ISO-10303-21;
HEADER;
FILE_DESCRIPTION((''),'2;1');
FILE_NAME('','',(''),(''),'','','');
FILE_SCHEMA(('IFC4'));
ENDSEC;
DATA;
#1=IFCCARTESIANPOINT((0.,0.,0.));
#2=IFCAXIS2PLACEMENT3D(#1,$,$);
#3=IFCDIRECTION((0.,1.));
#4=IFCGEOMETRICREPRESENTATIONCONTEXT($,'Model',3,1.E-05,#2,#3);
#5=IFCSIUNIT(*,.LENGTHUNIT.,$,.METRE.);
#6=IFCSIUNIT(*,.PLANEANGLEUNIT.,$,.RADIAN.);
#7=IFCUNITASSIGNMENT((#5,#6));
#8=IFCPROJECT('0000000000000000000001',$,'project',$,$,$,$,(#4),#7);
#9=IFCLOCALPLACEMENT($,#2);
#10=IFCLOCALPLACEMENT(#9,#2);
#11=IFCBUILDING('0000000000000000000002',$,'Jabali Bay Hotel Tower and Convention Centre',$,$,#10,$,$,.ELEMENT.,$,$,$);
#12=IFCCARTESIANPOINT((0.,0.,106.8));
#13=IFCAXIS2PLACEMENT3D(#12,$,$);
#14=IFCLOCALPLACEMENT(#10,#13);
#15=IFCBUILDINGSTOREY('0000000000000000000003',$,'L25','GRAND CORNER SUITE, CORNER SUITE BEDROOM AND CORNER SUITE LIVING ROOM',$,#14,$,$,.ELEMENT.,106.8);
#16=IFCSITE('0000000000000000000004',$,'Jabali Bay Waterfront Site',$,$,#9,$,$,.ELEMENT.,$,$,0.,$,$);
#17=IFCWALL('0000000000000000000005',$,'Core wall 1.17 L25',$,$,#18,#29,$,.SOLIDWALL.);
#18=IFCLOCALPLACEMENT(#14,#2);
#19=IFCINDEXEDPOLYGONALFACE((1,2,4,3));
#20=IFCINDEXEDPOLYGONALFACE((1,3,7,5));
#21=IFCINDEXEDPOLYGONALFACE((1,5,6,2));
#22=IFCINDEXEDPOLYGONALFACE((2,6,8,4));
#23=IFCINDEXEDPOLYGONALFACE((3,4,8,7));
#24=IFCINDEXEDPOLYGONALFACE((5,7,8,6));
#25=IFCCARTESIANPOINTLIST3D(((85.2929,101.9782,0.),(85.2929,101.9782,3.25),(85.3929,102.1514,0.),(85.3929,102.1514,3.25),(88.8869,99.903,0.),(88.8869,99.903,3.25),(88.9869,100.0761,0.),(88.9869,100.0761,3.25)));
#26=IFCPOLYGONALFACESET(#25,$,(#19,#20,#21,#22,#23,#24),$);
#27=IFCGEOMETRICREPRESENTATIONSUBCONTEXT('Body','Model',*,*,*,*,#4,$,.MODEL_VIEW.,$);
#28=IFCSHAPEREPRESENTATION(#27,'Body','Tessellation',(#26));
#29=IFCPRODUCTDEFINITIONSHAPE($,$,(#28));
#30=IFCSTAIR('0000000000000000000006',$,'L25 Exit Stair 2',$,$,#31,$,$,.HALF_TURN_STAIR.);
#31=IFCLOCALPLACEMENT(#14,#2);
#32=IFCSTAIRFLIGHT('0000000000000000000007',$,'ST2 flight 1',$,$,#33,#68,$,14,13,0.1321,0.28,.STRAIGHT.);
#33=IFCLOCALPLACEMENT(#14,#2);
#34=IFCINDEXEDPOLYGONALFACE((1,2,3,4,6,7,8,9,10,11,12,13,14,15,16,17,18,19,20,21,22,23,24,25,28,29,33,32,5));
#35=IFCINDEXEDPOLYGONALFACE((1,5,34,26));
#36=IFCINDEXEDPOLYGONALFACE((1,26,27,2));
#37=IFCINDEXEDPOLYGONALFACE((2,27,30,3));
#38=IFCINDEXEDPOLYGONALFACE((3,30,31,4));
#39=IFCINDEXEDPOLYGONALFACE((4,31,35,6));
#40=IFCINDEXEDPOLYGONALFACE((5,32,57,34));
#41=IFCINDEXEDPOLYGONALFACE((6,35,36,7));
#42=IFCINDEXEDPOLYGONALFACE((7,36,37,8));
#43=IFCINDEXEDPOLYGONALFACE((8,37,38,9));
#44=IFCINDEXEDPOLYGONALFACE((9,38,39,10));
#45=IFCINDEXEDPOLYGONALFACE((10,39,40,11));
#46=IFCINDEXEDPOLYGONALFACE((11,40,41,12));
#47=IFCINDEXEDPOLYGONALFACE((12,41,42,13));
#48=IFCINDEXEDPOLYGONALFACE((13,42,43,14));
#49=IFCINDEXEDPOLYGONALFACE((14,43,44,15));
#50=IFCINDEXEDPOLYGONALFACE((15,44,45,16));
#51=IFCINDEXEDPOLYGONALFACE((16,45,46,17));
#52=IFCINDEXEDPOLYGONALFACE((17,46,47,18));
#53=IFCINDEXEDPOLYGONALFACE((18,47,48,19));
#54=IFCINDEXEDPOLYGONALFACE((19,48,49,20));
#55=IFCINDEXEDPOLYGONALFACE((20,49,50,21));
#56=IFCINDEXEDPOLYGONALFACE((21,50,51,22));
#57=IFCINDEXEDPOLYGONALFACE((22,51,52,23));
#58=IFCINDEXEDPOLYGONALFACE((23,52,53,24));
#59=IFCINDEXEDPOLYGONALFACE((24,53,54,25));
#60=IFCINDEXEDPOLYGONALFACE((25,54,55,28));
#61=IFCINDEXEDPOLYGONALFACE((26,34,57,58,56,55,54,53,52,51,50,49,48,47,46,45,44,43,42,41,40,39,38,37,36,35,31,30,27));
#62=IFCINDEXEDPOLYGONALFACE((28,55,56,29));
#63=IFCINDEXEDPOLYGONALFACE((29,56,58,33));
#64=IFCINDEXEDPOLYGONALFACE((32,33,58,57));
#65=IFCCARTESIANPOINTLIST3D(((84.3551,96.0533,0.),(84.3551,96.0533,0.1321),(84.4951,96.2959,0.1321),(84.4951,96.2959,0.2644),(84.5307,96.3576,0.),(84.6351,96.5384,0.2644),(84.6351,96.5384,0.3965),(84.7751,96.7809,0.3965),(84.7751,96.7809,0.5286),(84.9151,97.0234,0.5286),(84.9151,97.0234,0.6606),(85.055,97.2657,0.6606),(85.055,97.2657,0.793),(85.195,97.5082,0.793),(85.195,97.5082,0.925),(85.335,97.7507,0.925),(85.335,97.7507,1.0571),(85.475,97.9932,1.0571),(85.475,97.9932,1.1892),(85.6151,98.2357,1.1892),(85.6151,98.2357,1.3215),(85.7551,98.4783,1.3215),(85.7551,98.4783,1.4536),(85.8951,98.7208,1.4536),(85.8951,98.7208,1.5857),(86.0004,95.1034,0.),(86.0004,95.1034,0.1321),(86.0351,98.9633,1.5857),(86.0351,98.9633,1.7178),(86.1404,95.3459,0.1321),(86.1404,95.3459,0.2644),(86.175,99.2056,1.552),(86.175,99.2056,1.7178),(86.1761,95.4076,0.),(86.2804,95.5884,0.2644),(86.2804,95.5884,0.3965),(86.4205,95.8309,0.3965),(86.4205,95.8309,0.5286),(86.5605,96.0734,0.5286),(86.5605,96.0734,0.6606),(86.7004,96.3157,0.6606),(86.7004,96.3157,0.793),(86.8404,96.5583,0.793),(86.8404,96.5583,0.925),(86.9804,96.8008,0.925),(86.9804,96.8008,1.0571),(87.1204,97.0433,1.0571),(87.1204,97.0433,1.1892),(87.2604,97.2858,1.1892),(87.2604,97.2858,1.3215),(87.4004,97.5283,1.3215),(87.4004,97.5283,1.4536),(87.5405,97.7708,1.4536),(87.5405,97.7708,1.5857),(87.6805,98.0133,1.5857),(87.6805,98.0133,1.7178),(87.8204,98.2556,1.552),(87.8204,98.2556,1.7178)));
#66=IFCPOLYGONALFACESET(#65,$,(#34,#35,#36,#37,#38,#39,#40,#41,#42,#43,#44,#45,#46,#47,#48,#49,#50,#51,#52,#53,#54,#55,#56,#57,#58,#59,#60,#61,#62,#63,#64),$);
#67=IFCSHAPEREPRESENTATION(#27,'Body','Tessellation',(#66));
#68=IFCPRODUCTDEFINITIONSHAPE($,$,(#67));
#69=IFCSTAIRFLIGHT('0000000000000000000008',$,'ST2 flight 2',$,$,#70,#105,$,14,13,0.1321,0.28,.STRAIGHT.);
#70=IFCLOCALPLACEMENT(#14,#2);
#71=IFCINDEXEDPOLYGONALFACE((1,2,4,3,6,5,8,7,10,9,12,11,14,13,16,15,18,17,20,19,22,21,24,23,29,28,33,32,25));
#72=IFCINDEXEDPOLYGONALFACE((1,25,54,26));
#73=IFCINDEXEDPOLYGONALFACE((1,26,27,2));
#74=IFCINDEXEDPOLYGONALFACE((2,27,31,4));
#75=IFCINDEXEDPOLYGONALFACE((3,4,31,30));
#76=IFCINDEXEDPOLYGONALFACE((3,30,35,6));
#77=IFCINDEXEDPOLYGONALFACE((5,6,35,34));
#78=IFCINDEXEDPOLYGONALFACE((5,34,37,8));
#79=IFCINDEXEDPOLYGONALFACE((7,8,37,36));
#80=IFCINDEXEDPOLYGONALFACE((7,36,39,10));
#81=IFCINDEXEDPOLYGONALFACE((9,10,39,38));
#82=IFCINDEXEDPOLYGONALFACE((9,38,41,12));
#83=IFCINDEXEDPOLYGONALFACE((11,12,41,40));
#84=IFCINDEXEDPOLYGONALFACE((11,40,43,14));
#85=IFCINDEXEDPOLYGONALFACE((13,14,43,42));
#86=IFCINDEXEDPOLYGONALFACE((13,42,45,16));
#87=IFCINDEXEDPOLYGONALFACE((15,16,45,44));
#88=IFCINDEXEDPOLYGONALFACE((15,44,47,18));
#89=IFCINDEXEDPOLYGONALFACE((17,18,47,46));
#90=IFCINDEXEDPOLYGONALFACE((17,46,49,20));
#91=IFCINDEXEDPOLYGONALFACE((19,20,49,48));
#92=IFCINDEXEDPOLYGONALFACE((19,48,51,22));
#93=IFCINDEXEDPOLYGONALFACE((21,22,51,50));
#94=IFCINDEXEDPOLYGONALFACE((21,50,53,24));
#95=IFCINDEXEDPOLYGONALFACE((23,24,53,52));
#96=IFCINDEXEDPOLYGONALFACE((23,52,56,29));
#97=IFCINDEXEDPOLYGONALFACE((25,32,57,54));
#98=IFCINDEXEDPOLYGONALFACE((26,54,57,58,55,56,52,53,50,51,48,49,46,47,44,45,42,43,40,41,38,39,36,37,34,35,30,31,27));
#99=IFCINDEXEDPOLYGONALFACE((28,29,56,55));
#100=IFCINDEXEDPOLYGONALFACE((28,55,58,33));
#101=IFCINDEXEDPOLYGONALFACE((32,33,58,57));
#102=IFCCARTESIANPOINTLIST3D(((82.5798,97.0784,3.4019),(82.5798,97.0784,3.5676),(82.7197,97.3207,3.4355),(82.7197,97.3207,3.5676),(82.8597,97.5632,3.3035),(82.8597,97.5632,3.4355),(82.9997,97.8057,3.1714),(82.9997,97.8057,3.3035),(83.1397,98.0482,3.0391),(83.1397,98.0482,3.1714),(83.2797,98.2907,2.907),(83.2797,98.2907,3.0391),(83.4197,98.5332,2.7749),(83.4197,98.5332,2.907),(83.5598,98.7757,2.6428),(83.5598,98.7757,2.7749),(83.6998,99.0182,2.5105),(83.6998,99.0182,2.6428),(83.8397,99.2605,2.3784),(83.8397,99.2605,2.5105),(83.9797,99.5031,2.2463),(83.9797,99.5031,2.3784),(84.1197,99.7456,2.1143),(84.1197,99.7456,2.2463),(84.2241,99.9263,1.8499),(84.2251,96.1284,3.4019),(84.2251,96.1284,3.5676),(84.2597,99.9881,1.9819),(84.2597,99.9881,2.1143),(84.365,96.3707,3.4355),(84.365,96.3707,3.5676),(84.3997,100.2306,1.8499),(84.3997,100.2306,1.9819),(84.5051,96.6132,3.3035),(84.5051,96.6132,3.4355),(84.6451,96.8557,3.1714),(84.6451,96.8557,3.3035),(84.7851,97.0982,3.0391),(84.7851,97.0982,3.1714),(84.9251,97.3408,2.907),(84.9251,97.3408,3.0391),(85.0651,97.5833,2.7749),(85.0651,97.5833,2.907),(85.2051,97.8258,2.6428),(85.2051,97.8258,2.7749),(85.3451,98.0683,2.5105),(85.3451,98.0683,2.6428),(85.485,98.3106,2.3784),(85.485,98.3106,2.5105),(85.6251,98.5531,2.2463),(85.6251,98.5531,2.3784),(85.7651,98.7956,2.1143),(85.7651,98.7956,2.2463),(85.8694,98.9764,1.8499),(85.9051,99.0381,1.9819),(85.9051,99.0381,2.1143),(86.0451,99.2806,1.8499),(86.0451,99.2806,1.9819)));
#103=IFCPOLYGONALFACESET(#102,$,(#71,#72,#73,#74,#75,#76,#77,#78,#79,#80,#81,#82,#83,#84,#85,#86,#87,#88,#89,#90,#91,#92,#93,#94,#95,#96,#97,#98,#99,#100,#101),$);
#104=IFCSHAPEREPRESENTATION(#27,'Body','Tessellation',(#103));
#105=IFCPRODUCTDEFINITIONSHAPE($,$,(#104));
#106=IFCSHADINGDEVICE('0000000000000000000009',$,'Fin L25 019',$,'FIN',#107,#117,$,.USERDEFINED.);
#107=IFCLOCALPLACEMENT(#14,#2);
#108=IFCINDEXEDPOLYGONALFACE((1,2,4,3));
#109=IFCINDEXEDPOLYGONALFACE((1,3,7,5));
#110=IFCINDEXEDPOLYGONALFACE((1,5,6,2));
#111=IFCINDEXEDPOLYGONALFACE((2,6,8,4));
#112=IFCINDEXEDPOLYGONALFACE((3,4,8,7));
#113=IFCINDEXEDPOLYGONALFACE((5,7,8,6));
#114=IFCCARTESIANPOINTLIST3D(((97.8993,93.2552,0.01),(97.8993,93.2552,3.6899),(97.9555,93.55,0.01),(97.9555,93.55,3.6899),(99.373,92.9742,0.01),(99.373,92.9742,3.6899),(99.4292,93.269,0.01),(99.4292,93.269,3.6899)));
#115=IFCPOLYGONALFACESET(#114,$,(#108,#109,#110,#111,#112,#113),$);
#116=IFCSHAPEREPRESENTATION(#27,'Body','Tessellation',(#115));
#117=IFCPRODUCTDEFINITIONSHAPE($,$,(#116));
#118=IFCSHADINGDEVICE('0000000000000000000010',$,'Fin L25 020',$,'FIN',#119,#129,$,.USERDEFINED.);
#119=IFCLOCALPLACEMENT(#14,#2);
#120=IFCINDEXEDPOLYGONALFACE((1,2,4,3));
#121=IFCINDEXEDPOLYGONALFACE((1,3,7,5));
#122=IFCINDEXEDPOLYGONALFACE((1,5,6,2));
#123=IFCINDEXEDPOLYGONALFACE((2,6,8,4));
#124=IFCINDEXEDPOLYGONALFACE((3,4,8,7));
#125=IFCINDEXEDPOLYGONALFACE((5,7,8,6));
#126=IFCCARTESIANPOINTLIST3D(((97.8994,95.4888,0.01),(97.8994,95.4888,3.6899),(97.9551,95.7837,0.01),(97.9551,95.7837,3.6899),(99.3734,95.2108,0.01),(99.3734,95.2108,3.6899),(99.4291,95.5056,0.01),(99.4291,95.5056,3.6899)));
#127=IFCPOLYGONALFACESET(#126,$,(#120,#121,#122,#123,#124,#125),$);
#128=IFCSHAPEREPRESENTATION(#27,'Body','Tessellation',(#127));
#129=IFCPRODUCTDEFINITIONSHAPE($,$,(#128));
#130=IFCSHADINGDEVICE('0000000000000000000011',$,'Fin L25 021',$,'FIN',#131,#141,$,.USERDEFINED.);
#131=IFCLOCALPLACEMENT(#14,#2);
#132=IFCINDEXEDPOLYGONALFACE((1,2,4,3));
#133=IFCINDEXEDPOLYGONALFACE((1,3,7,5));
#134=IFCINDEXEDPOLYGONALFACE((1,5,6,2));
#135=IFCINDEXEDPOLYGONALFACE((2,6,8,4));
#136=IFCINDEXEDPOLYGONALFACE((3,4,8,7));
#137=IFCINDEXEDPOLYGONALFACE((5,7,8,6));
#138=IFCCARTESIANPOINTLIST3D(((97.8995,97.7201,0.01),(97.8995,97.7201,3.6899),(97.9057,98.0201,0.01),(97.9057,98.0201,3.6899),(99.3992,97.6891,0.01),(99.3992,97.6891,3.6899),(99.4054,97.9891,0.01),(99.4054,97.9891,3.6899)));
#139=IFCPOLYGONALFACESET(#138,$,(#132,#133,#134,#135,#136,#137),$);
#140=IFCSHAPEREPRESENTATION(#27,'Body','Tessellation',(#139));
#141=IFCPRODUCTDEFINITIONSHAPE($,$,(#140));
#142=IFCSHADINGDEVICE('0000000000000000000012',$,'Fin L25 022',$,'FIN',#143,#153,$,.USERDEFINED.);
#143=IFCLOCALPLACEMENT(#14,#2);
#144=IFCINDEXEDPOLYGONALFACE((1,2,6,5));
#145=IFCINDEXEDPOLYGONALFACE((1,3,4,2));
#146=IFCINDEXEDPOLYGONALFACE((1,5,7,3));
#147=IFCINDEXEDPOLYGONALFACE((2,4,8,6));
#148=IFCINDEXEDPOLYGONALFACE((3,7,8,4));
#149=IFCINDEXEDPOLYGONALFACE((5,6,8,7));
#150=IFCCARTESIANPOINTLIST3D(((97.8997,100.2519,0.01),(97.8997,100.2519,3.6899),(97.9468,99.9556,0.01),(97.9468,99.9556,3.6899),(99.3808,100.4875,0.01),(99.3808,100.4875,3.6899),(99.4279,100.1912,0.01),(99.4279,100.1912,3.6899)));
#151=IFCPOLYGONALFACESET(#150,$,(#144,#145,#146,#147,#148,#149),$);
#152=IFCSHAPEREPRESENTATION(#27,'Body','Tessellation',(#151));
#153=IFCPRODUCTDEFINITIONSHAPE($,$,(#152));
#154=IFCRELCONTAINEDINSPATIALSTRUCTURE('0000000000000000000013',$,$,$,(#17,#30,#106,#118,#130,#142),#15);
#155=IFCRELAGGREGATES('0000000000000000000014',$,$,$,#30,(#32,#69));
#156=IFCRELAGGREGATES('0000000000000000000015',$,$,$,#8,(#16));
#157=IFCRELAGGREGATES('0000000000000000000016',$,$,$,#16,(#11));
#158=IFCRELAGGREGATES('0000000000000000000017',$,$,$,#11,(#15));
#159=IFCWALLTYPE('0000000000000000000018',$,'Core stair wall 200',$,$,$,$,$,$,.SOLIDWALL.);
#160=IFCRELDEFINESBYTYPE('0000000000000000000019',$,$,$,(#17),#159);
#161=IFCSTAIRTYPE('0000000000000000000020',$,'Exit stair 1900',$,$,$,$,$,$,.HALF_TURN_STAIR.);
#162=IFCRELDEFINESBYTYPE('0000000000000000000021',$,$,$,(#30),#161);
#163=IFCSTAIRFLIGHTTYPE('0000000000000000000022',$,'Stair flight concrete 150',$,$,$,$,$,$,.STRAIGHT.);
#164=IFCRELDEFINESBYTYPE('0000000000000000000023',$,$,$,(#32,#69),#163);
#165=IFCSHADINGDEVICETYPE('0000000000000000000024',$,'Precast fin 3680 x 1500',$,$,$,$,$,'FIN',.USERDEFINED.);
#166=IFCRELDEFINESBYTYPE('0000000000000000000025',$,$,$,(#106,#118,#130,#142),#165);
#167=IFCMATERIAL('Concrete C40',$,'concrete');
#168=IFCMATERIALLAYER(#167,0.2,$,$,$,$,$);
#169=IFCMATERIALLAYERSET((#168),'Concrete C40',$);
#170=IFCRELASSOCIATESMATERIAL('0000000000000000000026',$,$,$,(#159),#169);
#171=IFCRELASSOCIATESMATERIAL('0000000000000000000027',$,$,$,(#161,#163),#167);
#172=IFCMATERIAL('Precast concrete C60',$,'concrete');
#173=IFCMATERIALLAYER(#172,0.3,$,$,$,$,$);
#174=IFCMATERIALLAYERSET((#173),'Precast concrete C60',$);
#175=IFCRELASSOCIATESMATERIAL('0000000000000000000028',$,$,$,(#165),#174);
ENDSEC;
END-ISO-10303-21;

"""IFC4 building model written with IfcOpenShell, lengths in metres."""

from ifc_helpers import new_model, si_unit, direction, frame, frame_2d, origin, place, context, subcontext, project, spatial, polyline, rectangle, outline, extrude, material, layer, layer_set, type_object, element, aggregate, save


model = new_model("IFC4")

# Units and contexts
model_context = context("Model", 3, precision=1e-05, world=origin(), true_north=direction((0.0, 1.0)))
body_context = subcontext(model_context, "Body", "Model", "MODEL_VIEW")
ifc_project = project(units=[si_unit("LENGTHUNIT", "METRE"), si_unit("PLANEANGLEUNIT", "RADIAN")], contexts=[model_context])

# Site, building, storey
site_placement = place(None, origin())
site = spatial("IfcSite", under=ifc_project, at=site_placement, Name="Jabali Bay Waterfront Site", CompositionType="ELEMENT", RefElevation=0.0)
building_placement = place(site_placement, origin())
building = spatial("IfcBuilding", under=site, at=building_placement, Name="Jabali Bay Hotel Tower and Convention Centre", CompositionType="ELEMENT")
storey_placement = place(building_placement, frame((0.0, 0.0, 106.8)))
storey = spatial("IfcBuildingStorey", under=building, at=storey_placement, Name="L25", Description="GRAND CORNER SUITE, CORNER SUITE BEDROOM AND CORNER SUITE LIVING ROOM", CompositionType="ELEMENT", Elevation=106.8)

# Shared definitions
ifc_material_1 = material(Name="Concrete C40", Category="concrete")
ifc_layer_1 = layer(ifc_material_1, 0.2)
ifc_layer_set_1 = layer_set([ifc_layer_1], Name="Concrete C40")
wall_type_1 = type_object("IfcWallType", Name="Core stair wall 200", PredefinedType="SOLIDWALL", material=ifc_layer_set_1)

# Wall
wall_1_placement = place(storey_placement, frame((88.937, 99.9895, 0.0), z_axis=(0.0, 0.0, 1.0), x_axis=(-0.866004, 0.500036, 0.0)))
element("IfcWall", 1, at=wall_1_placement, inside=storey, type_object=wall_type_1, Name="Core wall 1.17 L25", PredefinedType="SOLIDWALL", context=body_context, shape_type="SweptSolid", body=[
    extrude(rectangle(XDim=4.1501, YDim=0.2, at=frame_2d((2.0752, 0.0))), origin(), (0.0, 0.0, 1.0), 3.25),
])

# Stair, stair flights
stair_type = type_object("IfcStairType", Name="Exit stair 1900", PredefinedType="HALF_TURN_STAIR", material=ifc_material_1)
stair_placement = place(storey_placement, origin())
stair = element("IfcStair", 2, at=stair_placement, inside=storey, type_object=stair_type, Name="L25 Exit Stair 2", PredefinedType="HALF_TURN_STAIR")
stair_flight_type = type_object("IfcStairFlightType", Name="Stair flight concrete 150", PredefinedType="STRAIGHT", material=ifc_material_1)
stair_flight_1_placement = place(storey_placement, frame((85.1777, 95.5784, 0.0), z_axis=(0.0, 0.0, 1.0), x_axis=(0.5, 0.866025, 0.0)))
stair_flight_1 = element("IfcStairFlight", 3, at=stair_flight_1_placement, type_object=stair_flight_type, Name="ST2 flight 1", NumberOfRisers=14, NumberOfTreads=13, PredefinedType="STRAIGHT", RiserHeight=0.1321, TreadLength=0.28, context=body_context, shape_type="SweptSolid", body=[
    extrude(outline(polyline([(0.0, 0.0), (0.0, 0.1321), (0.28, 0.1321), (0.28, 0.2644), (0.5601, 0.2644), (0.5601, 0.3965), (0.8401, 0.3965), (0.8401, 0.5286), (1.1201, 0.5286), (1.1201, 0.6606), (1.3999, 0.6606), (1.3999, 0.793), (1.6799, 0.793), (1.6799, 0.925), (1.96, 0.925), (1.96, 1.0571), (2.24, 1.0571), (2.24, 1.1892), (2.52, 1.1892), (2.52, 1.3215), (2.8, 1.3215), (2.8, 1.4536), (3.0801, 1.4536), (3.0801, 1.5857), (3.3601, 1.5857), (3.3601, 1.7178), (3.6399, 1.7178), (3.6399, 1.8501), (3.6399, 1.552), (0.3513, 0.0), (0.0, 0.0)])), frame((0.0, 0.95, 0.0), z_axis=(0.0, -1.0, 0.0), x_axis=(1.0, 0.0, 0.0)), (0.0, 0.0, 1.0), 1.8999),
])
stair_flight_2_placement = place(storey_placement, frame((85.2224, 99.7556, 1.8499), z_axis=(0.0, 0.0, 1.0), x_axis=(-0.5, -0.866025, 0.0)))
stair_flight_2 = element("IfcStairFlight", 4, at=stair_flight_2_placement, type_object=stair_flight_type, Name="ST2 flight 2", NumberOfRisers=14, NumberOfTreads=13, PredefinedType="STRAIGHT", RiserHeight=0.1321, TreadLength=0.28, context=body_context, shape_type="SweptSolid", body=[
    extrude(outline(polyline([(0.0, 0.0), (0.0, 0.1321), (0.28, 0.1321), (0.28, 0.2644), (0.5601, 0.2644), (0.5601, 0.3965), (0.8401, 0.3965), (0.8401, 0.5286), (1.1201, 0.5286), (1.1201, 0.6606), (1.3999, 0.6606), (1.3999, 0.793), (1.6799, 0.793), (1.6799, 0.925), (1.96, 0.925), (1.96, 1.0571), (2.24, 1.0571), (2.24, 1.1892), (2.52, 1.1892), (2.52, 1.3215), (2.8, 1.3215), (2.8, 1.4536), (3.0801, 1.4536), (3.0801, 1.5857), (3.3601, 1.5857), (3.3601, 1.7178), (3.6399, 1.7178), (3.6399, 1.8501), (3.6399, 1.552), (0.3513, 0.0), (0.0, 0.0)])), frame((0.0, 0.95, 0.0), z_axis=(0.0, -1.0, 0.0), x_axis=(1.0, 0.0, 0.0)), (0.0, 0.0, 1.0), 1.8999),
])
aggregate(stair, [stair_flight_1, stair_flight_2])

# Shading devices
ifc_material_2 = material(Name="Precast concrete C60", Category="concrete")
ifc_layer_2 = layer(ifc_material_2, 0.3)
ifc_layer_set_2 = layer_set([ifc_layer_2], Name="Precast concrete C60")
shading_device_type = type_object("IfcShadingDeviceType", Name="Precast fin 3680 x 1500", ElementType="FIN", PredefinedType="USERDEFINED", material=ifc_layer_set_2)
shading_device_1_placement = place(storey_placement, frame((97.9275, 93.4026, 0.01), z_axis=(0.0, 0.0, 1.0), x_axis=(0.9823, -0.187314, 0.0)))
element("IfcShadingDevice", 5, at=shading_device_1_placement, inside=storey, type_object=shading_device_type, Name="Fin L25 019", ObjectType="FIN", PredefinedType="USERDEFINED", context=body_context, shape_type="SweptSolid", body=[
    extrude(rectangle(XDim=1.5002, YDim=0.3, at=frame_2d((0.75, 0.0))), origin(), (0.0, 0.0, 1.0), 3.6799),
])
for number, where, z_axis, x_axis, name in (
    (6, (97.9272, 95.6362, 0.01), (0.0, 0.0, 1.0), (0.982669, -0.185369, 0.0), "Fin L25 020"),
    (7, (97.9026, 97.8701, 0.01), (0.0, 0.0, 1.0), (0.999786, -0.02067, 0.0), "Fin L25 021"),
):
    element("IfcShadingDevice", number, at=place(storey_placement, frame(where, z_axis=z_axis, x_axis=x_axis)), inside=storey, type_object=shading_device_type, Name=name, ObjectType="FIN", PredefinedType="USERDEFINED", context=body_context, shape_type="SweptSolid", body=[
        extrude(rectangle(XDim=1.5, YDim=0.3, at=frame_2d((0.75, 0.0))), origin(), (0.0, 0.0, 1.0), 3.6799),
    ])
shading_device_2_placement = place(storey_placement, frame((97.9231, 100.1038, 0.01), z_axis=(0.0, 0.0, 1.0), x_axis=(0.987585, 0.157083, 0.0)))
element("IfcShadingDevice", 8, at=shading_device_2_placement, inside=storey, type_object=shading_device_type, Name="Fin L25 022", ObjectType="FIN", PredefinedType="USERDEFINED", context=body_context, shape_type="SweptSolid", body=[
    extrude(rectangle(XDim=1.4998, YDim=0.3, at=frame_2d((0.75, 0.0))), origin(), (0.0, 0.0, 1.0), 3.6799),
])

save(model, "model.ifc")
